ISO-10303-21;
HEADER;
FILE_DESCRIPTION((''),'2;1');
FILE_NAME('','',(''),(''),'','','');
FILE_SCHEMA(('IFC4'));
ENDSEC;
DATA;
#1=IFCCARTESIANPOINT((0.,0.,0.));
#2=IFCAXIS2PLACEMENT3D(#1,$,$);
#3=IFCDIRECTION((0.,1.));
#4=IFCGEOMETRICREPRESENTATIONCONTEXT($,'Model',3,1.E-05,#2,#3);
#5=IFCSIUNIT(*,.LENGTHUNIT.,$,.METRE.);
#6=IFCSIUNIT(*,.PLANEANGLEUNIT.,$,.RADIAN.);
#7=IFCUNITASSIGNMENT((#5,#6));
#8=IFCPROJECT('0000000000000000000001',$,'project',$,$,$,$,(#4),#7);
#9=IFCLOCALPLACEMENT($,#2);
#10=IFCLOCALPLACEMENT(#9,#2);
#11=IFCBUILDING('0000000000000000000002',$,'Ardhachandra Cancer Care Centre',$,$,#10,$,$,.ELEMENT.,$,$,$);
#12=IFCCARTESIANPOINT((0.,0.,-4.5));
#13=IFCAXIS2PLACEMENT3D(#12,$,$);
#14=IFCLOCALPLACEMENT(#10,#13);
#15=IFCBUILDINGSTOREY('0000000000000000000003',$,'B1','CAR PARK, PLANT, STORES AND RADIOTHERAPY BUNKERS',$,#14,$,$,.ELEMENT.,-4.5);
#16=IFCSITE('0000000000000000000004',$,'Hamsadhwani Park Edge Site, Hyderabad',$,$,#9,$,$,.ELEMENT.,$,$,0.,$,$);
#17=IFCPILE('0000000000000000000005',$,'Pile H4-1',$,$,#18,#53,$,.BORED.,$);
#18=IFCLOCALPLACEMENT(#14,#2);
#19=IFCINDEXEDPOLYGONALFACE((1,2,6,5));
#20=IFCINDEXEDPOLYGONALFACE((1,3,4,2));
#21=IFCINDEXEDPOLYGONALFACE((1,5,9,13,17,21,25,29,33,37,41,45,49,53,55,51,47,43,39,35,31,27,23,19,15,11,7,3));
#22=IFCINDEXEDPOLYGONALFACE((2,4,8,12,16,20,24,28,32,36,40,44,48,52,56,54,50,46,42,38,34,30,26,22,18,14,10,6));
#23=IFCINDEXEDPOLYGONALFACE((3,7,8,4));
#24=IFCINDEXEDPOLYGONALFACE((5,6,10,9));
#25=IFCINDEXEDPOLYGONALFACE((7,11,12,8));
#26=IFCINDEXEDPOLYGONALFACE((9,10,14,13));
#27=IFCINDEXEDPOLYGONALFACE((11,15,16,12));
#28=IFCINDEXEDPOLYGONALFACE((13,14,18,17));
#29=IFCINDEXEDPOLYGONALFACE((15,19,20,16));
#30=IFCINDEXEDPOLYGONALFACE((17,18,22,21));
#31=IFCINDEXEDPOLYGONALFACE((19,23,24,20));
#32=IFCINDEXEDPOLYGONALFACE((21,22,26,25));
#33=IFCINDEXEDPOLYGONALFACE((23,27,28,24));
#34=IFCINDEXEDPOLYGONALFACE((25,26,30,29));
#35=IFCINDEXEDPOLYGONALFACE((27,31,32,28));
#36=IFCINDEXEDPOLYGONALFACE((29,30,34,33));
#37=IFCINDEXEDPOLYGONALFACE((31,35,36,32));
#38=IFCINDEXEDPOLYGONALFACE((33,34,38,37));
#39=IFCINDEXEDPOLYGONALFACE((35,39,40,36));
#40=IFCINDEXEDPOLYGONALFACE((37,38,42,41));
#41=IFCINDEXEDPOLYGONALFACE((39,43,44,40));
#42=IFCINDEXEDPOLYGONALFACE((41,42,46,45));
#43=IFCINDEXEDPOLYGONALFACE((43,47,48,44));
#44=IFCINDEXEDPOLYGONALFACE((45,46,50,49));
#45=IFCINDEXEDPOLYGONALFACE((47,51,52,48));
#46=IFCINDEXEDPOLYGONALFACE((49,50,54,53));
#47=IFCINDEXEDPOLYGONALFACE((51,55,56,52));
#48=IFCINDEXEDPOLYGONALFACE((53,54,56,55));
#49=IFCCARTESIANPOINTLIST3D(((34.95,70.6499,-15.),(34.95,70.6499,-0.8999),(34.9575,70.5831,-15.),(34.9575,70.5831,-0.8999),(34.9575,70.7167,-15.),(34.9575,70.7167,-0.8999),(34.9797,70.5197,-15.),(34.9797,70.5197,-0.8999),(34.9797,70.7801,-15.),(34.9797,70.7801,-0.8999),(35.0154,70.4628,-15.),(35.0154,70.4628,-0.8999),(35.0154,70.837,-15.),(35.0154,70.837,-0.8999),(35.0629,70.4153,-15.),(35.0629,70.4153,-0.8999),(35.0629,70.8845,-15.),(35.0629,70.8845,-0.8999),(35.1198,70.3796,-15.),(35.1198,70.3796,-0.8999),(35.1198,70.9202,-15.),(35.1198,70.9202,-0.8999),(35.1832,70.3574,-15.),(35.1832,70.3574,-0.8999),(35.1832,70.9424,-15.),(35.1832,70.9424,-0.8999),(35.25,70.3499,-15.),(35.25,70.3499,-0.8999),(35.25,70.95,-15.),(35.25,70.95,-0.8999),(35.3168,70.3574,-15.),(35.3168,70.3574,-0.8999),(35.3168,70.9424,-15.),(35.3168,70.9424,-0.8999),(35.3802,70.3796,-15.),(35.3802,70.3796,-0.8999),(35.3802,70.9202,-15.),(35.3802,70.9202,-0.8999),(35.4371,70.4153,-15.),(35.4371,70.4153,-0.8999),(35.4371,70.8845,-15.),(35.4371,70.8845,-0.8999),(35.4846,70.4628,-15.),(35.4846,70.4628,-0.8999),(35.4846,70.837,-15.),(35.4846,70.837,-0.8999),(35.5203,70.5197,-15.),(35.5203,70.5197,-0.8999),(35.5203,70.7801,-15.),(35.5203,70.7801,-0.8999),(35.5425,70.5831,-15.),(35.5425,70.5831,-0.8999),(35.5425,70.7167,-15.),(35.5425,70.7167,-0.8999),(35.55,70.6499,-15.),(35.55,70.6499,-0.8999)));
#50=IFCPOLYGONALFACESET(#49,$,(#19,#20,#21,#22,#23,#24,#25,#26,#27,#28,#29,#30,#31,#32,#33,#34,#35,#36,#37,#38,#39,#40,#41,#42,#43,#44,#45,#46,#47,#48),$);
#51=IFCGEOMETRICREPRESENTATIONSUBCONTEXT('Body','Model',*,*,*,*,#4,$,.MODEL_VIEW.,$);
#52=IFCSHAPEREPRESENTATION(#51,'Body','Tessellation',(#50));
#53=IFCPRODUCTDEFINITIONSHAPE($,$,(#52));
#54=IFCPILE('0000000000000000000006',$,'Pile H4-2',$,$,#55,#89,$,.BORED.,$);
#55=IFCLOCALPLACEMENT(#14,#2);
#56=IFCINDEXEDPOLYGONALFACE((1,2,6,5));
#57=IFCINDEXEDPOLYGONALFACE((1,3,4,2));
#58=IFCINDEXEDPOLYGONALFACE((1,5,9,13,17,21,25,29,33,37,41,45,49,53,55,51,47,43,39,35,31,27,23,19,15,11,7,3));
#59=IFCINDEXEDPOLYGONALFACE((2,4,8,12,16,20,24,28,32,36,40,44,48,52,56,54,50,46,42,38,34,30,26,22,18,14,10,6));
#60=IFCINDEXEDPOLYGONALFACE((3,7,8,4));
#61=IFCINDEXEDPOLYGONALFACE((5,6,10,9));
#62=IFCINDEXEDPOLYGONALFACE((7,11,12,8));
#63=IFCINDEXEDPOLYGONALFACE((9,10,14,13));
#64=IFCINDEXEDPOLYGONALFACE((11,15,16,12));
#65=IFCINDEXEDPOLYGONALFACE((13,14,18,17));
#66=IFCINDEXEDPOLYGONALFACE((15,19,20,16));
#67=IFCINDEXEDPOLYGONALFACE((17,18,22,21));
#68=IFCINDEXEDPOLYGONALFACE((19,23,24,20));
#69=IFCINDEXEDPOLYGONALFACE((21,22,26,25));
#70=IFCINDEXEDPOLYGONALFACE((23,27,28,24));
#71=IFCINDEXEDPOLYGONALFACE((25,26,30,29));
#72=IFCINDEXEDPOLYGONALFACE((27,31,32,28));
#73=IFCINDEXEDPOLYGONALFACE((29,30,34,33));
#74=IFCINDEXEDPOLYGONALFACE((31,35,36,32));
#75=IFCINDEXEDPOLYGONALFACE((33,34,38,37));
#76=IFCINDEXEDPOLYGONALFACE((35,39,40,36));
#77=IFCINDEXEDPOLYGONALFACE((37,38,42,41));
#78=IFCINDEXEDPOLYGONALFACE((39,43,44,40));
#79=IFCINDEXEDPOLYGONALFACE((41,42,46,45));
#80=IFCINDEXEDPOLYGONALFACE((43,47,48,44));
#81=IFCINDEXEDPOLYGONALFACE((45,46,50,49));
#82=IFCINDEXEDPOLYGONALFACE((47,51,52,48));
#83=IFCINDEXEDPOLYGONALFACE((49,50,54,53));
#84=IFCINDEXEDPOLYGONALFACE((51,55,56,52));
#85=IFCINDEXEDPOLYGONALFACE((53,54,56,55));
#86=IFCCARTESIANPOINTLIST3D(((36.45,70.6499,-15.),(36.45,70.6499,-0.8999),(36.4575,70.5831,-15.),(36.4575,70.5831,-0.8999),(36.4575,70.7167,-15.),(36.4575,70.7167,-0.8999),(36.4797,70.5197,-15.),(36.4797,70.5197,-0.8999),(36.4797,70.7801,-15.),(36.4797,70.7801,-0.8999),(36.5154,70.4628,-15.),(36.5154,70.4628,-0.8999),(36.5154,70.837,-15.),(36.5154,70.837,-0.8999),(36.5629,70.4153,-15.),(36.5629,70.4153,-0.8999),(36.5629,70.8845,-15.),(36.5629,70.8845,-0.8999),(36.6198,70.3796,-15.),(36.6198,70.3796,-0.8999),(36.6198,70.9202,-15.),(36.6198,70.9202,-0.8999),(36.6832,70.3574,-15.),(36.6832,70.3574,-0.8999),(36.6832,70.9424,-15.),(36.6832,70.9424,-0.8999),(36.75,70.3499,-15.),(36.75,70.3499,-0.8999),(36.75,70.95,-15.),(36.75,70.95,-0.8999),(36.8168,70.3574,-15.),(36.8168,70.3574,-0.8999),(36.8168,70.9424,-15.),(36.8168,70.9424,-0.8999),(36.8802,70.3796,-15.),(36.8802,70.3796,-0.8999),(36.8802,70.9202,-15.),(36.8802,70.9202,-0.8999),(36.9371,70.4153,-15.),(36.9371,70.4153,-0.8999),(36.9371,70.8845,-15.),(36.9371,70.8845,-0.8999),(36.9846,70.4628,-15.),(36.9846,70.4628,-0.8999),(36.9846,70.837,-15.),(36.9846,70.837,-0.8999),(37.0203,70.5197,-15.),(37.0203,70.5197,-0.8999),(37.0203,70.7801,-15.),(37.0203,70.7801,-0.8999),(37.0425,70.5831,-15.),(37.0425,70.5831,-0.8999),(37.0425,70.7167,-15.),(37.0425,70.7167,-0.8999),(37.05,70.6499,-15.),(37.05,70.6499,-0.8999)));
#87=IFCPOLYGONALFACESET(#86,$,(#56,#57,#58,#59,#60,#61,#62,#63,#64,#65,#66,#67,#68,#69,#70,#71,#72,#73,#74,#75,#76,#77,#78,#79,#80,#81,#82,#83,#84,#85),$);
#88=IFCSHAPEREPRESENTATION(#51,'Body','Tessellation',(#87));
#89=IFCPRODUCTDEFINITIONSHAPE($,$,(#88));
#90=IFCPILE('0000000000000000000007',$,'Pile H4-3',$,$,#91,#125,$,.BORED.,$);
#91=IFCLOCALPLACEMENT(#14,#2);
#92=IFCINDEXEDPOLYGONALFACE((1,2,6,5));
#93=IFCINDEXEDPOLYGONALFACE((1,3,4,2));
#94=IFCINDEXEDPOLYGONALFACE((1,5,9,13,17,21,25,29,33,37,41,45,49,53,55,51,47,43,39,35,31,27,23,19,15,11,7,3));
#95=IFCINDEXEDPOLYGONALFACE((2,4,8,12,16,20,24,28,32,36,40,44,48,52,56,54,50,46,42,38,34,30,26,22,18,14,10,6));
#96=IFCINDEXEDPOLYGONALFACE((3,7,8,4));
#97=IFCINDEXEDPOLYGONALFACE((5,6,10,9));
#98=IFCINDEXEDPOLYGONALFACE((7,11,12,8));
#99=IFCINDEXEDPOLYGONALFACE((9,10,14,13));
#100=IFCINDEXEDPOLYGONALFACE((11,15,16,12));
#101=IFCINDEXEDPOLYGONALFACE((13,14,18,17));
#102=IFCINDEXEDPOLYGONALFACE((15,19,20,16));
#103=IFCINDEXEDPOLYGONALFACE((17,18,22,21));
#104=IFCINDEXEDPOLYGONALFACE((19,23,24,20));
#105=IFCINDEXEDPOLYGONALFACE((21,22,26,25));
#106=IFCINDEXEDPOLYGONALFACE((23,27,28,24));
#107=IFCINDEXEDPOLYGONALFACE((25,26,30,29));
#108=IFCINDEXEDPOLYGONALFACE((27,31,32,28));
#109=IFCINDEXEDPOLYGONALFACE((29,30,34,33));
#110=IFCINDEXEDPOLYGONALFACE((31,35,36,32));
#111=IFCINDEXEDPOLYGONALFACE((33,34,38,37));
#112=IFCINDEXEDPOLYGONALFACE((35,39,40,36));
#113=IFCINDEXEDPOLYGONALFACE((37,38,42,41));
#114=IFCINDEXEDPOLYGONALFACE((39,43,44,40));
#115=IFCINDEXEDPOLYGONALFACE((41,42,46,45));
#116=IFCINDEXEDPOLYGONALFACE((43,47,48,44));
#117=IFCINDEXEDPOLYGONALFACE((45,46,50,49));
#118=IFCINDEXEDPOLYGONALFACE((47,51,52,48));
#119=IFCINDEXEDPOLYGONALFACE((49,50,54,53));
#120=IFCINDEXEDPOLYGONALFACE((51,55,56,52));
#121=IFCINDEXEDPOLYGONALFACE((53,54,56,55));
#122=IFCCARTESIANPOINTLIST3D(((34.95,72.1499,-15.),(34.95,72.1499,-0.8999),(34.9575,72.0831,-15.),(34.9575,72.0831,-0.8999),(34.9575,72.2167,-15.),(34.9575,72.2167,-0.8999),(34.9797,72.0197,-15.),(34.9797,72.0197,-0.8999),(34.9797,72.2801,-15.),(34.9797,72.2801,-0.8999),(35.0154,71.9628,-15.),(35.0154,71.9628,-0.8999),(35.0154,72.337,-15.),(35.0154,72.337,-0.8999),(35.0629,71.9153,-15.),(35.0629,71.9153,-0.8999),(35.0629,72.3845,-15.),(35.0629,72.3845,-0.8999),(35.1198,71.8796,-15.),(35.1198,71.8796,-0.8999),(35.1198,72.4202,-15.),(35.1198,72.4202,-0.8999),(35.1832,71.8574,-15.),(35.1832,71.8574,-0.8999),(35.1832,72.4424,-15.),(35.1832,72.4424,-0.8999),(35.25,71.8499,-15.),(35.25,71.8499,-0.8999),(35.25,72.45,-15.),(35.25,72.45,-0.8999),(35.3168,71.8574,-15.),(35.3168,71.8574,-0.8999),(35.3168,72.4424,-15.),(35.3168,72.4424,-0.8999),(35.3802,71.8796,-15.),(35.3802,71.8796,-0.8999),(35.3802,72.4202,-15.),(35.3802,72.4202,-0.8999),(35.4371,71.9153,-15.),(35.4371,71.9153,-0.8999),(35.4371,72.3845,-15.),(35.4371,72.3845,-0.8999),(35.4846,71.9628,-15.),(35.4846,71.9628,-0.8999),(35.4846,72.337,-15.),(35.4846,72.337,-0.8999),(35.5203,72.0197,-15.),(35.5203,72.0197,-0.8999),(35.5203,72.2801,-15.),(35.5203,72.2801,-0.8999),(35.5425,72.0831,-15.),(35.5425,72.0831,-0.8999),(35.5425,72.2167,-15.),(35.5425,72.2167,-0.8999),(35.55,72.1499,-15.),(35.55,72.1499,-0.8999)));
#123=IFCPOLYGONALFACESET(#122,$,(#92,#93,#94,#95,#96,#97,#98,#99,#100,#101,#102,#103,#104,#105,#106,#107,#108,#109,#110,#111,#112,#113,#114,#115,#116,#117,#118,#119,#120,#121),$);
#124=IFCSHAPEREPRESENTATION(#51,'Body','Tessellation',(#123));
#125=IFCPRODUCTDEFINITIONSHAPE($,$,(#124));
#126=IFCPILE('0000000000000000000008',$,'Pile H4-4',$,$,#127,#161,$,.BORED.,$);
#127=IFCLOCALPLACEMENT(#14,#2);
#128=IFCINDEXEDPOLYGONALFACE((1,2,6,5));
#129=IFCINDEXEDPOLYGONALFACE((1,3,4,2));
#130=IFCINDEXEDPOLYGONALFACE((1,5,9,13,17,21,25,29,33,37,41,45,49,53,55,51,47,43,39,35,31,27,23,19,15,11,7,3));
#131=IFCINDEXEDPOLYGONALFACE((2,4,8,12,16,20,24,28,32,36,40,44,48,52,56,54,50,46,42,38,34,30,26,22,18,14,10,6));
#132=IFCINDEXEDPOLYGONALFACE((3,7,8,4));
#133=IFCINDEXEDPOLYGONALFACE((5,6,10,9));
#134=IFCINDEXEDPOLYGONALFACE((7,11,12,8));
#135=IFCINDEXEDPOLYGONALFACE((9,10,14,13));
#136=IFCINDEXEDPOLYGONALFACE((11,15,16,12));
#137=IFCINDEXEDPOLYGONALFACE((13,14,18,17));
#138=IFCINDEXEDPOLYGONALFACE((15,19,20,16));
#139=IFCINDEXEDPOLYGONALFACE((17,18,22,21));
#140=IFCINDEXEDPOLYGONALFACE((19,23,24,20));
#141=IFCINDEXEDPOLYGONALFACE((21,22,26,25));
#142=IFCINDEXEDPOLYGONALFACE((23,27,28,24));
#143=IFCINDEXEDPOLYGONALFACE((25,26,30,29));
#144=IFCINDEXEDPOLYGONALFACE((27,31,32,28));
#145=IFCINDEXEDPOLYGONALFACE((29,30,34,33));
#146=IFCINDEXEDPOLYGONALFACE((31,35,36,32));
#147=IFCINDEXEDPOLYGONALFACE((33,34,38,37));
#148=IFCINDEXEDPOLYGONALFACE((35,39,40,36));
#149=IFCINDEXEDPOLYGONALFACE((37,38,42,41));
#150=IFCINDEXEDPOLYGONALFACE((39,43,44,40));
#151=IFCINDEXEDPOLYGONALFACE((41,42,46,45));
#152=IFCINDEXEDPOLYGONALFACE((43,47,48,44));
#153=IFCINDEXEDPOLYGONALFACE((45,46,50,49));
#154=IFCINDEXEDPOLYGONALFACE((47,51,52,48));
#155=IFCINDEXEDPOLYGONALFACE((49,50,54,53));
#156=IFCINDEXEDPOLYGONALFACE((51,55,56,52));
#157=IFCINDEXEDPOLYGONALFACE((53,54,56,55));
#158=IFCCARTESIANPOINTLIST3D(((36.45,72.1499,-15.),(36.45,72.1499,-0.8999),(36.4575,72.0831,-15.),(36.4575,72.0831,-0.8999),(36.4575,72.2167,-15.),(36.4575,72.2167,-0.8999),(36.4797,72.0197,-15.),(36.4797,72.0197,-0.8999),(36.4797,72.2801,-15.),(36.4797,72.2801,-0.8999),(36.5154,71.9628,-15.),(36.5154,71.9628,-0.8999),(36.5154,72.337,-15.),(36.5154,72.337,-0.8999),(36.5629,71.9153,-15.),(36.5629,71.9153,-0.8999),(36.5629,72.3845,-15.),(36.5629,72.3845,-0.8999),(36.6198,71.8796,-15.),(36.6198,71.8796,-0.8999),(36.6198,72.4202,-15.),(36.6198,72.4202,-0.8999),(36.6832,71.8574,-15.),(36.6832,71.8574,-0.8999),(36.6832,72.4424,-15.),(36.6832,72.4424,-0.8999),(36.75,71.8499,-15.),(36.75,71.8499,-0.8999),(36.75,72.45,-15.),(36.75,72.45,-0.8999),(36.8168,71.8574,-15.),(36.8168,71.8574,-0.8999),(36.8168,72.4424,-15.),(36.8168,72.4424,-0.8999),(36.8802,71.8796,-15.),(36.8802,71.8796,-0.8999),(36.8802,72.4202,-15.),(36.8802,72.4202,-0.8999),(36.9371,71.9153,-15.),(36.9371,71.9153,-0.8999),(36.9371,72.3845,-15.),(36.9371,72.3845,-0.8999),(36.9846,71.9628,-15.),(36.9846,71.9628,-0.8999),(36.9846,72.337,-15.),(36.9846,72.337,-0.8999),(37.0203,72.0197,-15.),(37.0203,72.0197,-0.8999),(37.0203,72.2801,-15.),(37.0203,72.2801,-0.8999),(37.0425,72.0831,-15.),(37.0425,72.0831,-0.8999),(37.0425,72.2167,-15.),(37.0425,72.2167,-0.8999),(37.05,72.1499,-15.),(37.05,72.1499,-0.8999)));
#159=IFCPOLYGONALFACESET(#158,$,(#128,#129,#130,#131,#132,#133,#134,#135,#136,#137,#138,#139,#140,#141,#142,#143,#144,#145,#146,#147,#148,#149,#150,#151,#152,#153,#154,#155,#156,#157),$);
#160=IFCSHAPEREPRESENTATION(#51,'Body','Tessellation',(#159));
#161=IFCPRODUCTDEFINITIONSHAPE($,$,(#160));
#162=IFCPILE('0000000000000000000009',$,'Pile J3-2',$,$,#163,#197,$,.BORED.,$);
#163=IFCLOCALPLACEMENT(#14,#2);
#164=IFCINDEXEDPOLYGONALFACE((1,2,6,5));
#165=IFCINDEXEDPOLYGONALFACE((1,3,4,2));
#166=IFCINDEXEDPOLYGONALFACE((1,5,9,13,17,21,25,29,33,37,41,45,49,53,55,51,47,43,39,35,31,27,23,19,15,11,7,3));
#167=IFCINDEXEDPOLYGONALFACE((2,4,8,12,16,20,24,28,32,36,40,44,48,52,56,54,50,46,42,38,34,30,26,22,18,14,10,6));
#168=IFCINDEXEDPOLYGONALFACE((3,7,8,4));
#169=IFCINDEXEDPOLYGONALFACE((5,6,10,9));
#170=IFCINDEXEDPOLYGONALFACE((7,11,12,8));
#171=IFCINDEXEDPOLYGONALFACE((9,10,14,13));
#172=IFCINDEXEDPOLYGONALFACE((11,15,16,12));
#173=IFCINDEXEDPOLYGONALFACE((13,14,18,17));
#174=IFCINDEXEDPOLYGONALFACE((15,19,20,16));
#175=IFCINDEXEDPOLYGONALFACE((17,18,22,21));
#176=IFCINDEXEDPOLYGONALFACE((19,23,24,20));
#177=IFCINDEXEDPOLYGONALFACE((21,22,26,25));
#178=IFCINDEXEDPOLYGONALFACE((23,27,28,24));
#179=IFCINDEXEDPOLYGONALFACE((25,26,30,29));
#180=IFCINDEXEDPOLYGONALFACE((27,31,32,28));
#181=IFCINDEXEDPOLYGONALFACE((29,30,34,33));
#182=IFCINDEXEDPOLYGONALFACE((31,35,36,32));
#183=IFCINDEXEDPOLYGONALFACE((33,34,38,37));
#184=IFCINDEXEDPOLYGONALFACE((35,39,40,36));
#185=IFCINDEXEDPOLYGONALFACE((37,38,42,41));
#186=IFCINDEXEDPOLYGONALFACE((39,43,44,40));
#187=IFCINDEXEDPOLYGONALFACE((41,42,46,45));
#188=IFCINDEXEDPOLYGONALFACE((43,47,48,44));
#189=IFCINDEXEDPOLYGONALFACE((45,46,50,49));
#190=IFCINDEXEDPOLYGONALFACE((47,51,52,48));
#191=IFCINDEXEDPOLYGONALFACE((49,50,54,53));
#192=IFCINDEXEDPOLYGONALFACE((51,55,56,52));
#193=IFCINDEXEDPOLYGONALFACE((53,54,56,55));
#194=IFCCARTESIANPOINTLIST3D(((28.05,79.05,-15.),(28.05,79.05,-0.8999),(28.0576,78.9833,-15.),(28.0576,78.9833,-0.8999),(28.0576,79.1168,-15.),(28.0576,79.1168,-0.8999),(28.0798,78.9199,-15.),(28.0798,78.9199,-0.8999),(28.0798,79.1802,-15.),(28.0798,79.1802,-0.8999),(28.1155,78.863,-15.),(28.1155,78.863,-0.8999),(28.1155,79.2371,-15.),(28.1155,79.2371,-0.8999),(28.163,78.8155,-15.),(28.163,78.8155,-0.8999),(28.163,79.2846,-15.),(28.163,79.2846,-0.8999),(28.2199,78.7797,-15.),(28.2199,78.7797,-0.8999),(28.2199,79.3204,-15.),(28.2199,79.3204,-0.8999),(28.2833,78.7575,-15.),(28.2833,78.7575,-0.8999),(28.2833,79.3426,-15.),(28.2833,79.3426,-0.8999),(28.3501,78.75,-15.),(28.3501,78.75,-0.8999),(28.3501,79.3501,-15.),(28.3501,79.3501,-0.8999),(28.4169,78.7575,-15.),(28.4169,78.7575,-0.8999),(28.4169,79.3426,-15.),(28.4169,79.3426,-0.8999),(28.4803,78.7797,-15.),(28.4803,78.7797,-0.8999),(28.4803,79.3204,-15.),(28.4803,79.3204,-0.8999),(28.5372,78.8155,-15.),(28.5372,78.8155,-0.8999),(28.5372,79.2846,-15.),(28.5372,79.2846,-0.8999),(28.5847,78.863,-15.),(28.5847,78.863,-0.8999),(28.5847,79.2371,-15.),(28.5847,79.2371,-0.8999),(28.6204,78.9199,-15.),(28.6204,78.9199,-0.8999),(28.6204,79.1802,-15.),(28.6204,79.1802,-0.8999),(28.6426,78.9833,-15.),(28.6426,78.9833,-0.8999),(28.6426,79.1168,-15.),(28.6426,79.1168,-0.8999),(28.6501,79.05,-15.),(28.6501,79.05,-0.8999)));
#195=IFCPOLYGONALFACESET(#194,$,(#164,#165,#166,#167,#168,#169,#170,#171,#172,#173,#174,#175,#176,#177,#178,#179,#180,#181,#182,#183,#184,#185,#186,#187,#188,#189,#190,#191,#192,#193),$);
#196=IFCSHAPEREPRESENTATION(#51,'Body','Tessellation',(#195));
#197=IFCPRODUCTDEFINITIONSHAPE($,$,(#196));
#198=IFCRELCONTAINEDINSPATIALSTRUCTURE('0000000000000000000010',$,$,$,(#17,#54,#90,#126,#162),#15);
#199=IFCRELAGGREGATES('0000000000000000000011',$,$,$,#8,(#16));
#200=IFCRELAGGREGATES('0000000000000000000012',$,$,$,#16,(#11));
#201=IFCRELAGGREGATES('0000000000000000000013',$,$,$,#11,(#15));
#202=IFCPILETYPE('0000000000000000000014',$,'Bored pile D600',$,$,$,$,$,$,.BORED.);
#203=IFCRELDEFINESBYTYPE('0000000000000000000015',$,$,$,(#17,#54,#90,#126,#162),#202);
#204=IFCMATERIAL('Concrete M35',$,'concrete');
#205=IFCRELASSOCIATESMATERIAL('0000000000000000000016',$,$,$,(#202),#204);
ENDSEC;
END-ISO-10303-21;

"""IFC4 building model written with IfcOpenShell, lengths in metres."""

from ifc_helpers import new_model, si_unit, direction, frame, origin, origin_2d, place, context, subcontext, project, spatial, circle, extrude, material, material_profile, profile_set, type_object, element, save


model = new_model("IFC4")

# Units and contexts
model_context = context("Model", 3, precision=1e-05, world=origin(), true_north=direction((0.0, 1.0)))
body_context = subcontext(model_context, "Body", "Model", "MODEL_VIEW")
ifc_project = project(units=[si_unit("LENGTHUNIT", "METRE"), si_unit("PLANEANGLEUNIT", "RADIAN")], contexts=[model_context])

# Site, building, storey
site_placement = place(None, origin())
site = spatial("IfcSite", under=ifc_project, at=site_placement, Name="Hamsadhwani Park Edge Site, Hyderabad", CompositionType="ELEMENT", RefElevation=0.0)
building_placement = place(site_placement, origin())
building = spatial("IfcBuilding", under=site, at=building_placement, Name="Ardhachandra Cancer Care Centre", CompositionType="ELEMENT")
storey_placement = place(building_placement, frame((0.0, 0.0, -4.5)))
storey = spatial("IfcBuildingStorey", under=building, at=storey_placement, Name="B1", Description="CAR PARK, PLANT, STORES AND RADIOTHERAPY BUNKERS", CompositionType="ELEMENT", Elevation=-4.5)

# Piles
ifc_material_1 = material(Name="Concrete M35", Category="concrete")
ifc_material_profile_1 = material_profile(ifc_material_1, circle(Radius=0.3, at=origin_2d()), Name="D600")
ifc_profile_set_1 = profile_set([ifc_material_profile_1], Name="Concrete M35")
pile_type = type_object("IfcPileType", Name="Bored pile D600", PredefinedType="BORED", material=ifc_profile_set_1)
for number, where, z_axis, x_axis, name in (
    (1, (35.25, 70.6499, -0.8999), (0.0, 0.0, -1.0), (1.0, 0.0, 0.0), "Pile H4-1"),
    (2, (36.75, 70.6499, -0.8999), (0.0, 0.0, -1.0), (1.0, 0.0, 0.0), "Pile H4-2"),
    (3, (35.25, 72.1499, -0.8999), (0.0, 0.0, -1.0), (1.0, 0.0, 0.0), "Pile H4-3"),
    (4, (36.75, 72.1499, -0.8999), (0.0, 0.0, -1.0), (1.0, 0.0, 0.0), "Pile H4-4"),
    (5, (28.3501, 79.05, -0.8999), (0.0, 0.0, -1.0), (1.0, 0.0, 0.0), "Pile J3-2"),
):
    element("IfcPile", number, at=place(storey_placement, frame(where, z_axis=z_axis, x_axis=x_axis)), inside=storey, type_object=pile_type, Name=name, PredefinedType="BORED", context=body_context, shape_type="SweptSolid", body=[
        extrude(circle(Radius=0.3, at=origin_2d()), origin(), (0.0, 0.0, 1.0), 14.1001),
    ])

save(model, "model.ifc")
